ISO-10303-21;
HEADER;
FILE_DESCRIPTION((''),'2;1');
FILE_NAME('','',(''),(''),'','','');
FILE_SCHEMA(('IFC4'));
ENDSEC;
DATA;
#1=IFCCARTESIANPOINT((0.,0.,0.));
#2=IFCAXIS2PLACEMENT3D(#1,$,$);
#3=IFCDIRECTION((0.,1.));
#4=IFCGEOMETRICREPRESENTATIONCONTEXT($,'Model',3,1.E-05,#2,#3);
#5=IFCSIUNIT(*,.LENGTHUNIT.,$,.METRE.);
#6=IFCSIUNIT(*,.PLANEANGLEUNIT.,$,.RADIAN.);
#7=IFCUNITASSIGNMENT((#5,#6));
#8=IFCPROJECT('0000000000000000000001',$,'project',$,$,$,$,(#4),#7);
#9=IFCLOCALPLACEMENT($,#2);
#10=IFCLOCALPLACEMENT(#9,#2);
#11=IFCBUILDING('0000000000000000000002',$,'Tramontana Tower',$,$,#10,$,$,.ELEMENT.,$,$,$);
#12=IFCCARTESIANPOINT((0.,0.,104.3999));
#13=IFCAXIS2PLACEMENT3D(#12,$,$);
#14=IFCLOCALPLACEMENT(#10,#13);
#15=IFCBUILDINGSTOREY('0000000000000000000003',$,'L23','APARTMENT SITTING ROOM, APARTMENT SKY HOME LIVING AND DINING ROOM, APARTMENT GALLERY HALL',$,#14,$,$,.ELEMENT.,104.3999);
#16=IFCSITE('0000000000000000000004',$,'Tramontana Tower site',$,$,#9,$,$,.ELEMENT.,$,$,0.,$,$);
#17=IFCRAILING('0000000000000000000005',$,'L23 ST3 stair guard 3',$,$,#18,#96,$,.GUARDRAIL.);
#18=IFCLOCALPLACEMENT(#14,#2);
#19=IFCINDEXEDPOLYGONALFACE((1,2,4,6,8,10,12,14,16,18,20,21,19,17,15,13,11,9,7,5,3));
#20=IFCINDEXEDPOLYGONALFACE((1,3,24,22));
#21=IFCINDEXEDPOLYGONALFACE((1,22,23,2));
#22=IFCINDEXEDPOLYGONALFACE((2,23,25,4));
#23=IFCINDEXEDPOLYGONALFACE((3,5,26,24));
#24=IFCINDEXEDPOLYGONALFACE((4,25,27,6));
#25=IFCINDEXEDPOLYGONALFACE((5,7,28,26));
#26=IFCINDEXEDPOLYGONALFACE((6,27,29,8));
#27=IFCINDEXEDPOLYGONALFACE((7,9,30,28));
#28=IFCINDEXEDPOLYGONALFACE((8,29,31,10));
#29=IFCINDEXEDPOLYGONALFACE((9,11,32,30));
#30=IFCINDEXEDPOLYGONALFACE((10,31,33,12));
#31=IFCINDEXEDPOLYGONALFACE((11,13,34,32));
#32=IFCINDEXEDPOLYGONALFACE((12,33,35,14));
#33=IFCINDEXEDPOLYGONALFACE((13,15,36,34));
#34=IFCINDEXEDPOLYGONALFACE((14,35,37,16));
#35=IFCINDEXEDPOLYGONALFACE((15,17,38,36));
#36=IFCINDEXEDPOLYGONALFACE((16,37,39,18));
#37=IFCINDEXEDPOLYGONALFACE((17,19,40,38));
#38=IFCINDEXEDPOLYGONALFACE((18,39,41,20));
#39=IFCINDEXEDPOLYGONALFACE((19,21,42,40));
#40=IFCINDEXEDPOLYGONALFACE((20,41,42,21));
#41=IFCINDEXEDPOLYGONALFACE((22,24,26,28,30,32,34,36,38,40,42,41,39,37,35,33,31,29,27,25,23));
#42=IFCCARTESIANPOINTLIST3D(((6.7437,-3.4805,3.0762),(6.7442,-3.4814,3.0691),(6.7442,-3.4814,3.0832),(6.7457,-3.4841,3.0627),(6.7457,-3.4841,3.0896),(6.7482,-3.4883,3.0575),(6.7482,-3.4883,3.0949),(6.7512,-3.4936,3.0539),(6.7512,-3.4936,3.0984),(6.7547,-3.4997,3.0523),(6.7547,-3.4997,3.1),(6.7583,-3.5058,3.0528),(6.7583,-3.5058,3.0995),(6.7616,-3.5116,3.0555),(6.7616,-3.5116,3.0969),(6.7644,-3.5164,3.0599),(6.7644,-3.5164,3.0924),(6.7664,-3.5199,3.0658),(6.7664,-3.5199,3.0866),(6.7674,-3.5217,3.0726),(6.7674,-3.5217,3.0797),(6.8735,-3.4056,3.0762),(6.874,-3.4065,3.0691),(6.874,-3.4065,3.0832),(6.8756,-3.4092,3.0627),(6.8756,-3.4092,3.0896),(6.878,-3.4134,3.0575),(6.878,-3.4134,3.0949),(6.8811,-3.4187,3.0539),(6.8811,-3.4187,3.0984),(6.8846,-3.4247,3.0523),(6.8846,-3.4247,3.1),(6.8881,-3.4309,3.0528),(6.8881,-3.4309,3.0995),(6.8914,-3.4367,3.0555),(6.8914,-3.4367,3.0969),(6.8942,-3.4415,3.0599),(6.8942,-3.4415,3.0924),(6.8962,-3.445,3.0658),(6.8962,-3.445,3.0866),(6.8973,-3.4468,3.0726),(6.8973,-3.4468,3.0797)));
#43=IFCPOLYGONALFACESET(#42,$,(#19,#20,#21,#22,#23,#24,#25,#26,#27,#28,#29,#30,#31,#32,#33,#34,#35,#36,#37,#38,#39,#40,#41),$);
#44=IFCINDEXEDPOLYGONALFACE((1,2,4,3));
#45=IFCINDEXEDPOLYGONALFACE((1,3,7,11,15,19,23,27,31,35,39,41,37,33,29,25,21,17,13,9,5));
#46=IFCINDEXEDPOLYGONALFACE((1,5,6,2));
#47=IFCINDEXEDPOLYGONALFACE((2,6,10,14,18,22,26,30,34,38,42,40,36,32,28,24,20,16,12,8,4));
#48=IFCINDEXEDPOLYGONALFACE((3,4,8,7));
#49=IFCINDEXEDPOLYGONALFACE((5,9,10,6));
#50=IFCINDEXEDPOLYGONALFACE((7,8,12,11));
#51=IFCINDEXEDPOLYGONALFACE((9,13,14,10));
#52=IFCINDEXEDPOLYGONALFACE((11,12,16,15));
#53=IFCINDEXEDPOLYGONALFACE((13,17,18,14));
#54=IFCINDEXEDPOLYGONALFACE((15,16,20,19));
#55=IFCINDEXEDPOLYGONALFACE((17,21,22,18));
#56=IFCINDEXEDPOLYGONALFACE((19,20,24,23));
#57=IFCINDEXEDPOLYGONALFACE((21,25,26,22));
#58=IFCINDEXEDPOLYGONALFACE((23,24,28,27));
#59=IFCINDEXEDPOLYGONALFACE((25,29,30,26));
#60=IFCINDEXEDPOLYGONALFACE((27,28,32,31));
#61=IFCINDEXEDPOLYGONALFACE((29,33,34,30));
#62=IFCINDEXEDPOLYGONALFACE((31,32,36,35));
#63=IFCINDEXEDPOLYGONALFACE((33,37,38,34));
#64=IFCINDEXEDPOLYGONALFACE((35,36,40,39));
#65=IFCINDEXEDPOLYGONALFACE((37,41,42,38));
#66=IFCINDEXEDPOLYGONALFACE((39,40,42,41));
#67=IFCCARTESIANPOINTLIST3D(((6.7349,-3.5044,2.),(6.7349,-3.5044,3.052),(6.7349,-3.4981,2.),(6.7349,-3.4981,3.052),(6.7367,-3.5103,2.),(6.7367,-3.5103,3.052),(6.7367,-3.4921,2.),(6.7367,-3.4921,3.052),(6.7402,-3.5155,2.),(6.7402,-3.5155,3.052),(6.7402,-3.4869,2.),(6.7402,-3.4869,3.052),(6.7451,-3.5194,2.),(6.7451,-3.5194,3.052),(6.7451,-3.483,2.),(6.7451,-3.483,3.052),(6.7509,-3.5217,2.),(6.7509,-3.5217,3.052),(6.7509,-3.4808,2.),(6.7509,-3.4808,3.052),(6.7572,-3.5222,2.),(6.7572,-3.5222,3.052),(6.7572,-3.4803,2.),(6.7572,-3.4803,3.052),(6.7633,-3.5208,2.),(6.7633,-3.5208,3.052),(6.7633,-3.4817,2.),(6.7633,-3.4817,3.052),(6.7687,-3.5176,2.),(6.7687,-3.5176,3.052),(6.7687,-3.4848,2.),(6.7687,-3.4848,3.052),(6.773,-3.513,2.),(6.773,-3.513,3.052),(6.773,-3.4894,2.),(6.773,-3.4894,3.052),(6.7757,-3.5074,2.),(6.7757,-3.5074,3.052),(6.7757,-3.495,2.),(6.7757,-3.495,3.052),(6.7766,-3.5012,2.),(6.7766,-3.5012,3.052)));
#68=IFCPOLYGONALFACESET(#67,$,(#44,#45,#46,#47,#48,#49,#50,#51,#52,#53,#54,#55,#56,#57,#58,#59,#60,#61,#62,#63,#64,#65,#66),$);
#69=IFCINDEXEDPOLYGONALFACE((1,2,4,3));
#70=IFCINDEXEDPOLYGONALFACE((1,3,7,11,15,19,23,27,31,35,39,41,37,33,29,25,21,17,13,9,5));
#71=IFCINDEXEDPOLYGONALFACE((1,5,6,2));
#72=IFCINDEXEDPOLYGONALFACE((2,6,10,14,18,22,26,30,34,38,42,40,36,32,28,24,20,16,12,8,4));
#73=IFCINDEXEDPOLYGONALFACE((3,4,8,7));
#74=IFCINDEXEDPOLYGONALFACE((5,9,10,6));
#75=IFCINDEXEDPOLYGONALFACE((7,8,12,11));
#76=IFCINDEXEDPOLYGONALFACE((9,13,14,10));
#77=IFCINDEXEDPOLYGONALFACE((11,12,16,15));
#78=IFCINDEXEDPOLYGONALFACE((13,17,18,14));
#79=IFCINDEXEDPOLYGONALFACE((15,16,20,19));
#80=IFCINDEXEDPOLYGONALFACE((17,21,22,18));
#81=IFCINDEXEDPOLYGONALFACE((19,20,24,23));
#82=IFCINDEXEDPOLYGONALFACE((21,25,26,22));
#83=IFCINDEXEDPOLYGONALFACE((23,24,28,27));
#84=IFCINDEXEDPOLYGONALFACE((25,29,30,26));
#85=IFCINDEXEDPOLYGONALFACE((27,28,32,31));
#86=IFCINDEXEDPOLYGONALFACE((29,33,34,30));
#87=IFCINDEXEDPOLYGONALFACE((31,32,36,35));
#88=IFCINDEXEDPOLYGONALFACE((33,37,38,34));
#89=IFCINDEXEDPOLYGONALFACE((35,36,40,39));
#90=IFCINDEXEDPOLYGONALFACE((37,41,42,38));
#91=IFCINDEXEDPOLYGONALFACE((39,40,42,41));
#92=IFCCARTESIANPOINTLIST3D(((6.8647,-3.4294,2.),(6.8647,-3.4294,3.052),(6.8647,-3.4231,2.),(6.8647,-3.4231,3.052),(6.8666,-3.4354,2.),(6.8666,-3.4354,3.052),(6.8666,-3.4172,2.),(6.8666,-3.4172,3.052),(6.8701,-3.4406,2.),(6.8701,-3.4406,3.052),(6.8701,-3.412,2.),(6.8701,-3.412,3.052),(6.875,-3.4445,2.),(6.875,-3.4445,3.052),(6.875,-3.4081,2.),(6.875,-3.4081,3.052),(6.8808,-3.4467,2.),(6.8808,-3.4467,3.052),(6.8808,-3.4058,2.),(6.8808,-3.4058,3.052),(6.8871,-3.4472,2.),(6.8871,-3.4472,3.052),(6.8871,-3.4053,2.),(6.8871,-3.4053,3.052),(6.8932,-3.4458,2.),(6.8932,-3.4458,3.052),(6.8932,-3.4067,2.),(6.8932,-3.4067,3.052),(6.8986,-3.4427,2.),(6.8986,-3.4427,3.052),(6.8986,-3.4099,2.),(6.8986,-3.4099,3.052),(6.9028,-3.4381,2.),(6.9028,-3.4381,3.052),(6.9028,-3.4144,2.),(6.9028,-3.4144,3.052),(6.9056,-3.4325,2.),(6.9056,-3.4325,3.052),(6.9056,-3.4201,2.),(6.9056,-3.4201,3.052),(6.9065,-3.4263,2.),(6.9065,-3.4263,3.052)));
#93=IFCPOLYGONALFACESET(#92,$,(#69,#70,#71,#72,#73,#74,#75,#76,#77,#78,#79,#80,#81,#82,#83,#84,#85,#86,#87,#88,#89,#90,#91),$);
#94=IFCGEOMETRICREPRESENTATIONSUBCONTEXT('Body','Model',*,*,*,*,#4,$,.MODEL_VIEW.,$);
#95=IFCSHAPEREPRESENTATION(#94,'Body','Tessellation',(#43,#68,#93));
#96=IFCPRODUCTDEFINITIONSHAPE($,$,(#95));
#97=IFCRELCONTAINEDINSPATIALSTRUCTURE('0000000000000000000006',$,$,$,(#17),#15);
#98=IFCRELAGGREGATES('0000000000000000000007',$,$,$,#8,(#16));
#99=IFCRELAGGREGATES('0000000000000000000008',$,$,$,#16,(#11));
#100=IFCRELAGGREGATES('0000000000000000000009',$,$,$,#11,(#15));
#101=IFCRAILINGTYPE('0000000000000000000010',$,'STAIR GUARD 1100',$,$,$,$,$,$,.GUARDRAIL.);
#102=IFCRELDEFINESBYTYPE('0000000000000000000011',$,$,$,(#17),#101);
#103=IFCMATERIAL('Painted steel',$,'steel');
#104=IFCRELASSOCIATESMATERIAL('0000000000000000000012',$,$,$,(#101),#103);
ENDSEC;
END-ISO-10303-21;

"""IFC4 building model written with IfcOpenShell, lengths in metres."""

from ifc_helpers import new_model, si_unit, direction, frame, origin, origin_2d, place, context, subcontext, project, spatial, circle, extrude, material, type_object, element, save


model = new_model("IFC4")

# Units and contexts
model_context = context("Model", 3, precision=1e-05, world=origin(), true_north=direction((0.0, 1.0)))
body_context = subcontext(model_context, "Body", "Model", "MODEL_VIEW")
ifc_project = project(units=[si_unit("LENGTHUNIT", "METRE"), si_unit("PLANEANGLEUNIT", "RADIAN")], contexts=[model_context])

# Site, building, storey
site_placement = place(None, origin())
site = spatial("IfcSite", under=ifc_project, at=site_placement, Name="Tramontana Tower site", CompositionType="ELEMENT", RefElevation=0.0)
building_placement = place(site_placement, origin())
building = spatial("IfcBuilding", under=site, at=building_placement, Name="Tramontana Tower", CompositionType="ELEMENT")
storey_placement = place(building_placement, frame((0.0, 0.0, 104.3999)))
storey = spatial("IfcBuildingStorey", under=building, at=storey_placement, Name="L23", Description="APARTMENT SITTING ROOM, APARTMENT SKY HOME LIVING AND DINING ROOM, APARTMENT GALLERY HALL", CompositionType="ELEMENT", Elevation=104.3999)

# Railing
ifc_material_1 = material(Name="Painted steel", Category="steel")
railing_type_1 = type_object("IfcRailingType", Name="STAIR GUARD 1100", PredefinedType="GUARDRAIL", material=ifc_material_1)
railing_1_placement = place(storey_placement, frame((6.7556, -3.5012, 2.0)))
element("IfcRailing", 1, at=railing_1_placement, inside=storey, type_object=railing_type_1, Name="L23 ST3 stair guard 3", PredefinedType="GUARDRAIL", context=body_context, shape_type="SweptSolid", body=[
    extrude(circle(Radius=0.0239, at=origin_2d()), frame((0.0, 0.0, 1.0762), z_axis=(0.866131, 0.499816, 0.0), x_axis=(-0.499816, 0.866131, 0.0)), (0.0, 0.0, 1.0), 0.1499),
    extrude(circle(Radius=0.021, at=origin_2d()), origin(), (0.0, 0.0, 1.0), 1.052),
    extrude(circle(Radius=0.021, at=origin_2d()), frame((0.1299, 0.075, 0.0)), (0.0, 0.0, 1.0), 1.052),
])

save(model, "model.ifc")
